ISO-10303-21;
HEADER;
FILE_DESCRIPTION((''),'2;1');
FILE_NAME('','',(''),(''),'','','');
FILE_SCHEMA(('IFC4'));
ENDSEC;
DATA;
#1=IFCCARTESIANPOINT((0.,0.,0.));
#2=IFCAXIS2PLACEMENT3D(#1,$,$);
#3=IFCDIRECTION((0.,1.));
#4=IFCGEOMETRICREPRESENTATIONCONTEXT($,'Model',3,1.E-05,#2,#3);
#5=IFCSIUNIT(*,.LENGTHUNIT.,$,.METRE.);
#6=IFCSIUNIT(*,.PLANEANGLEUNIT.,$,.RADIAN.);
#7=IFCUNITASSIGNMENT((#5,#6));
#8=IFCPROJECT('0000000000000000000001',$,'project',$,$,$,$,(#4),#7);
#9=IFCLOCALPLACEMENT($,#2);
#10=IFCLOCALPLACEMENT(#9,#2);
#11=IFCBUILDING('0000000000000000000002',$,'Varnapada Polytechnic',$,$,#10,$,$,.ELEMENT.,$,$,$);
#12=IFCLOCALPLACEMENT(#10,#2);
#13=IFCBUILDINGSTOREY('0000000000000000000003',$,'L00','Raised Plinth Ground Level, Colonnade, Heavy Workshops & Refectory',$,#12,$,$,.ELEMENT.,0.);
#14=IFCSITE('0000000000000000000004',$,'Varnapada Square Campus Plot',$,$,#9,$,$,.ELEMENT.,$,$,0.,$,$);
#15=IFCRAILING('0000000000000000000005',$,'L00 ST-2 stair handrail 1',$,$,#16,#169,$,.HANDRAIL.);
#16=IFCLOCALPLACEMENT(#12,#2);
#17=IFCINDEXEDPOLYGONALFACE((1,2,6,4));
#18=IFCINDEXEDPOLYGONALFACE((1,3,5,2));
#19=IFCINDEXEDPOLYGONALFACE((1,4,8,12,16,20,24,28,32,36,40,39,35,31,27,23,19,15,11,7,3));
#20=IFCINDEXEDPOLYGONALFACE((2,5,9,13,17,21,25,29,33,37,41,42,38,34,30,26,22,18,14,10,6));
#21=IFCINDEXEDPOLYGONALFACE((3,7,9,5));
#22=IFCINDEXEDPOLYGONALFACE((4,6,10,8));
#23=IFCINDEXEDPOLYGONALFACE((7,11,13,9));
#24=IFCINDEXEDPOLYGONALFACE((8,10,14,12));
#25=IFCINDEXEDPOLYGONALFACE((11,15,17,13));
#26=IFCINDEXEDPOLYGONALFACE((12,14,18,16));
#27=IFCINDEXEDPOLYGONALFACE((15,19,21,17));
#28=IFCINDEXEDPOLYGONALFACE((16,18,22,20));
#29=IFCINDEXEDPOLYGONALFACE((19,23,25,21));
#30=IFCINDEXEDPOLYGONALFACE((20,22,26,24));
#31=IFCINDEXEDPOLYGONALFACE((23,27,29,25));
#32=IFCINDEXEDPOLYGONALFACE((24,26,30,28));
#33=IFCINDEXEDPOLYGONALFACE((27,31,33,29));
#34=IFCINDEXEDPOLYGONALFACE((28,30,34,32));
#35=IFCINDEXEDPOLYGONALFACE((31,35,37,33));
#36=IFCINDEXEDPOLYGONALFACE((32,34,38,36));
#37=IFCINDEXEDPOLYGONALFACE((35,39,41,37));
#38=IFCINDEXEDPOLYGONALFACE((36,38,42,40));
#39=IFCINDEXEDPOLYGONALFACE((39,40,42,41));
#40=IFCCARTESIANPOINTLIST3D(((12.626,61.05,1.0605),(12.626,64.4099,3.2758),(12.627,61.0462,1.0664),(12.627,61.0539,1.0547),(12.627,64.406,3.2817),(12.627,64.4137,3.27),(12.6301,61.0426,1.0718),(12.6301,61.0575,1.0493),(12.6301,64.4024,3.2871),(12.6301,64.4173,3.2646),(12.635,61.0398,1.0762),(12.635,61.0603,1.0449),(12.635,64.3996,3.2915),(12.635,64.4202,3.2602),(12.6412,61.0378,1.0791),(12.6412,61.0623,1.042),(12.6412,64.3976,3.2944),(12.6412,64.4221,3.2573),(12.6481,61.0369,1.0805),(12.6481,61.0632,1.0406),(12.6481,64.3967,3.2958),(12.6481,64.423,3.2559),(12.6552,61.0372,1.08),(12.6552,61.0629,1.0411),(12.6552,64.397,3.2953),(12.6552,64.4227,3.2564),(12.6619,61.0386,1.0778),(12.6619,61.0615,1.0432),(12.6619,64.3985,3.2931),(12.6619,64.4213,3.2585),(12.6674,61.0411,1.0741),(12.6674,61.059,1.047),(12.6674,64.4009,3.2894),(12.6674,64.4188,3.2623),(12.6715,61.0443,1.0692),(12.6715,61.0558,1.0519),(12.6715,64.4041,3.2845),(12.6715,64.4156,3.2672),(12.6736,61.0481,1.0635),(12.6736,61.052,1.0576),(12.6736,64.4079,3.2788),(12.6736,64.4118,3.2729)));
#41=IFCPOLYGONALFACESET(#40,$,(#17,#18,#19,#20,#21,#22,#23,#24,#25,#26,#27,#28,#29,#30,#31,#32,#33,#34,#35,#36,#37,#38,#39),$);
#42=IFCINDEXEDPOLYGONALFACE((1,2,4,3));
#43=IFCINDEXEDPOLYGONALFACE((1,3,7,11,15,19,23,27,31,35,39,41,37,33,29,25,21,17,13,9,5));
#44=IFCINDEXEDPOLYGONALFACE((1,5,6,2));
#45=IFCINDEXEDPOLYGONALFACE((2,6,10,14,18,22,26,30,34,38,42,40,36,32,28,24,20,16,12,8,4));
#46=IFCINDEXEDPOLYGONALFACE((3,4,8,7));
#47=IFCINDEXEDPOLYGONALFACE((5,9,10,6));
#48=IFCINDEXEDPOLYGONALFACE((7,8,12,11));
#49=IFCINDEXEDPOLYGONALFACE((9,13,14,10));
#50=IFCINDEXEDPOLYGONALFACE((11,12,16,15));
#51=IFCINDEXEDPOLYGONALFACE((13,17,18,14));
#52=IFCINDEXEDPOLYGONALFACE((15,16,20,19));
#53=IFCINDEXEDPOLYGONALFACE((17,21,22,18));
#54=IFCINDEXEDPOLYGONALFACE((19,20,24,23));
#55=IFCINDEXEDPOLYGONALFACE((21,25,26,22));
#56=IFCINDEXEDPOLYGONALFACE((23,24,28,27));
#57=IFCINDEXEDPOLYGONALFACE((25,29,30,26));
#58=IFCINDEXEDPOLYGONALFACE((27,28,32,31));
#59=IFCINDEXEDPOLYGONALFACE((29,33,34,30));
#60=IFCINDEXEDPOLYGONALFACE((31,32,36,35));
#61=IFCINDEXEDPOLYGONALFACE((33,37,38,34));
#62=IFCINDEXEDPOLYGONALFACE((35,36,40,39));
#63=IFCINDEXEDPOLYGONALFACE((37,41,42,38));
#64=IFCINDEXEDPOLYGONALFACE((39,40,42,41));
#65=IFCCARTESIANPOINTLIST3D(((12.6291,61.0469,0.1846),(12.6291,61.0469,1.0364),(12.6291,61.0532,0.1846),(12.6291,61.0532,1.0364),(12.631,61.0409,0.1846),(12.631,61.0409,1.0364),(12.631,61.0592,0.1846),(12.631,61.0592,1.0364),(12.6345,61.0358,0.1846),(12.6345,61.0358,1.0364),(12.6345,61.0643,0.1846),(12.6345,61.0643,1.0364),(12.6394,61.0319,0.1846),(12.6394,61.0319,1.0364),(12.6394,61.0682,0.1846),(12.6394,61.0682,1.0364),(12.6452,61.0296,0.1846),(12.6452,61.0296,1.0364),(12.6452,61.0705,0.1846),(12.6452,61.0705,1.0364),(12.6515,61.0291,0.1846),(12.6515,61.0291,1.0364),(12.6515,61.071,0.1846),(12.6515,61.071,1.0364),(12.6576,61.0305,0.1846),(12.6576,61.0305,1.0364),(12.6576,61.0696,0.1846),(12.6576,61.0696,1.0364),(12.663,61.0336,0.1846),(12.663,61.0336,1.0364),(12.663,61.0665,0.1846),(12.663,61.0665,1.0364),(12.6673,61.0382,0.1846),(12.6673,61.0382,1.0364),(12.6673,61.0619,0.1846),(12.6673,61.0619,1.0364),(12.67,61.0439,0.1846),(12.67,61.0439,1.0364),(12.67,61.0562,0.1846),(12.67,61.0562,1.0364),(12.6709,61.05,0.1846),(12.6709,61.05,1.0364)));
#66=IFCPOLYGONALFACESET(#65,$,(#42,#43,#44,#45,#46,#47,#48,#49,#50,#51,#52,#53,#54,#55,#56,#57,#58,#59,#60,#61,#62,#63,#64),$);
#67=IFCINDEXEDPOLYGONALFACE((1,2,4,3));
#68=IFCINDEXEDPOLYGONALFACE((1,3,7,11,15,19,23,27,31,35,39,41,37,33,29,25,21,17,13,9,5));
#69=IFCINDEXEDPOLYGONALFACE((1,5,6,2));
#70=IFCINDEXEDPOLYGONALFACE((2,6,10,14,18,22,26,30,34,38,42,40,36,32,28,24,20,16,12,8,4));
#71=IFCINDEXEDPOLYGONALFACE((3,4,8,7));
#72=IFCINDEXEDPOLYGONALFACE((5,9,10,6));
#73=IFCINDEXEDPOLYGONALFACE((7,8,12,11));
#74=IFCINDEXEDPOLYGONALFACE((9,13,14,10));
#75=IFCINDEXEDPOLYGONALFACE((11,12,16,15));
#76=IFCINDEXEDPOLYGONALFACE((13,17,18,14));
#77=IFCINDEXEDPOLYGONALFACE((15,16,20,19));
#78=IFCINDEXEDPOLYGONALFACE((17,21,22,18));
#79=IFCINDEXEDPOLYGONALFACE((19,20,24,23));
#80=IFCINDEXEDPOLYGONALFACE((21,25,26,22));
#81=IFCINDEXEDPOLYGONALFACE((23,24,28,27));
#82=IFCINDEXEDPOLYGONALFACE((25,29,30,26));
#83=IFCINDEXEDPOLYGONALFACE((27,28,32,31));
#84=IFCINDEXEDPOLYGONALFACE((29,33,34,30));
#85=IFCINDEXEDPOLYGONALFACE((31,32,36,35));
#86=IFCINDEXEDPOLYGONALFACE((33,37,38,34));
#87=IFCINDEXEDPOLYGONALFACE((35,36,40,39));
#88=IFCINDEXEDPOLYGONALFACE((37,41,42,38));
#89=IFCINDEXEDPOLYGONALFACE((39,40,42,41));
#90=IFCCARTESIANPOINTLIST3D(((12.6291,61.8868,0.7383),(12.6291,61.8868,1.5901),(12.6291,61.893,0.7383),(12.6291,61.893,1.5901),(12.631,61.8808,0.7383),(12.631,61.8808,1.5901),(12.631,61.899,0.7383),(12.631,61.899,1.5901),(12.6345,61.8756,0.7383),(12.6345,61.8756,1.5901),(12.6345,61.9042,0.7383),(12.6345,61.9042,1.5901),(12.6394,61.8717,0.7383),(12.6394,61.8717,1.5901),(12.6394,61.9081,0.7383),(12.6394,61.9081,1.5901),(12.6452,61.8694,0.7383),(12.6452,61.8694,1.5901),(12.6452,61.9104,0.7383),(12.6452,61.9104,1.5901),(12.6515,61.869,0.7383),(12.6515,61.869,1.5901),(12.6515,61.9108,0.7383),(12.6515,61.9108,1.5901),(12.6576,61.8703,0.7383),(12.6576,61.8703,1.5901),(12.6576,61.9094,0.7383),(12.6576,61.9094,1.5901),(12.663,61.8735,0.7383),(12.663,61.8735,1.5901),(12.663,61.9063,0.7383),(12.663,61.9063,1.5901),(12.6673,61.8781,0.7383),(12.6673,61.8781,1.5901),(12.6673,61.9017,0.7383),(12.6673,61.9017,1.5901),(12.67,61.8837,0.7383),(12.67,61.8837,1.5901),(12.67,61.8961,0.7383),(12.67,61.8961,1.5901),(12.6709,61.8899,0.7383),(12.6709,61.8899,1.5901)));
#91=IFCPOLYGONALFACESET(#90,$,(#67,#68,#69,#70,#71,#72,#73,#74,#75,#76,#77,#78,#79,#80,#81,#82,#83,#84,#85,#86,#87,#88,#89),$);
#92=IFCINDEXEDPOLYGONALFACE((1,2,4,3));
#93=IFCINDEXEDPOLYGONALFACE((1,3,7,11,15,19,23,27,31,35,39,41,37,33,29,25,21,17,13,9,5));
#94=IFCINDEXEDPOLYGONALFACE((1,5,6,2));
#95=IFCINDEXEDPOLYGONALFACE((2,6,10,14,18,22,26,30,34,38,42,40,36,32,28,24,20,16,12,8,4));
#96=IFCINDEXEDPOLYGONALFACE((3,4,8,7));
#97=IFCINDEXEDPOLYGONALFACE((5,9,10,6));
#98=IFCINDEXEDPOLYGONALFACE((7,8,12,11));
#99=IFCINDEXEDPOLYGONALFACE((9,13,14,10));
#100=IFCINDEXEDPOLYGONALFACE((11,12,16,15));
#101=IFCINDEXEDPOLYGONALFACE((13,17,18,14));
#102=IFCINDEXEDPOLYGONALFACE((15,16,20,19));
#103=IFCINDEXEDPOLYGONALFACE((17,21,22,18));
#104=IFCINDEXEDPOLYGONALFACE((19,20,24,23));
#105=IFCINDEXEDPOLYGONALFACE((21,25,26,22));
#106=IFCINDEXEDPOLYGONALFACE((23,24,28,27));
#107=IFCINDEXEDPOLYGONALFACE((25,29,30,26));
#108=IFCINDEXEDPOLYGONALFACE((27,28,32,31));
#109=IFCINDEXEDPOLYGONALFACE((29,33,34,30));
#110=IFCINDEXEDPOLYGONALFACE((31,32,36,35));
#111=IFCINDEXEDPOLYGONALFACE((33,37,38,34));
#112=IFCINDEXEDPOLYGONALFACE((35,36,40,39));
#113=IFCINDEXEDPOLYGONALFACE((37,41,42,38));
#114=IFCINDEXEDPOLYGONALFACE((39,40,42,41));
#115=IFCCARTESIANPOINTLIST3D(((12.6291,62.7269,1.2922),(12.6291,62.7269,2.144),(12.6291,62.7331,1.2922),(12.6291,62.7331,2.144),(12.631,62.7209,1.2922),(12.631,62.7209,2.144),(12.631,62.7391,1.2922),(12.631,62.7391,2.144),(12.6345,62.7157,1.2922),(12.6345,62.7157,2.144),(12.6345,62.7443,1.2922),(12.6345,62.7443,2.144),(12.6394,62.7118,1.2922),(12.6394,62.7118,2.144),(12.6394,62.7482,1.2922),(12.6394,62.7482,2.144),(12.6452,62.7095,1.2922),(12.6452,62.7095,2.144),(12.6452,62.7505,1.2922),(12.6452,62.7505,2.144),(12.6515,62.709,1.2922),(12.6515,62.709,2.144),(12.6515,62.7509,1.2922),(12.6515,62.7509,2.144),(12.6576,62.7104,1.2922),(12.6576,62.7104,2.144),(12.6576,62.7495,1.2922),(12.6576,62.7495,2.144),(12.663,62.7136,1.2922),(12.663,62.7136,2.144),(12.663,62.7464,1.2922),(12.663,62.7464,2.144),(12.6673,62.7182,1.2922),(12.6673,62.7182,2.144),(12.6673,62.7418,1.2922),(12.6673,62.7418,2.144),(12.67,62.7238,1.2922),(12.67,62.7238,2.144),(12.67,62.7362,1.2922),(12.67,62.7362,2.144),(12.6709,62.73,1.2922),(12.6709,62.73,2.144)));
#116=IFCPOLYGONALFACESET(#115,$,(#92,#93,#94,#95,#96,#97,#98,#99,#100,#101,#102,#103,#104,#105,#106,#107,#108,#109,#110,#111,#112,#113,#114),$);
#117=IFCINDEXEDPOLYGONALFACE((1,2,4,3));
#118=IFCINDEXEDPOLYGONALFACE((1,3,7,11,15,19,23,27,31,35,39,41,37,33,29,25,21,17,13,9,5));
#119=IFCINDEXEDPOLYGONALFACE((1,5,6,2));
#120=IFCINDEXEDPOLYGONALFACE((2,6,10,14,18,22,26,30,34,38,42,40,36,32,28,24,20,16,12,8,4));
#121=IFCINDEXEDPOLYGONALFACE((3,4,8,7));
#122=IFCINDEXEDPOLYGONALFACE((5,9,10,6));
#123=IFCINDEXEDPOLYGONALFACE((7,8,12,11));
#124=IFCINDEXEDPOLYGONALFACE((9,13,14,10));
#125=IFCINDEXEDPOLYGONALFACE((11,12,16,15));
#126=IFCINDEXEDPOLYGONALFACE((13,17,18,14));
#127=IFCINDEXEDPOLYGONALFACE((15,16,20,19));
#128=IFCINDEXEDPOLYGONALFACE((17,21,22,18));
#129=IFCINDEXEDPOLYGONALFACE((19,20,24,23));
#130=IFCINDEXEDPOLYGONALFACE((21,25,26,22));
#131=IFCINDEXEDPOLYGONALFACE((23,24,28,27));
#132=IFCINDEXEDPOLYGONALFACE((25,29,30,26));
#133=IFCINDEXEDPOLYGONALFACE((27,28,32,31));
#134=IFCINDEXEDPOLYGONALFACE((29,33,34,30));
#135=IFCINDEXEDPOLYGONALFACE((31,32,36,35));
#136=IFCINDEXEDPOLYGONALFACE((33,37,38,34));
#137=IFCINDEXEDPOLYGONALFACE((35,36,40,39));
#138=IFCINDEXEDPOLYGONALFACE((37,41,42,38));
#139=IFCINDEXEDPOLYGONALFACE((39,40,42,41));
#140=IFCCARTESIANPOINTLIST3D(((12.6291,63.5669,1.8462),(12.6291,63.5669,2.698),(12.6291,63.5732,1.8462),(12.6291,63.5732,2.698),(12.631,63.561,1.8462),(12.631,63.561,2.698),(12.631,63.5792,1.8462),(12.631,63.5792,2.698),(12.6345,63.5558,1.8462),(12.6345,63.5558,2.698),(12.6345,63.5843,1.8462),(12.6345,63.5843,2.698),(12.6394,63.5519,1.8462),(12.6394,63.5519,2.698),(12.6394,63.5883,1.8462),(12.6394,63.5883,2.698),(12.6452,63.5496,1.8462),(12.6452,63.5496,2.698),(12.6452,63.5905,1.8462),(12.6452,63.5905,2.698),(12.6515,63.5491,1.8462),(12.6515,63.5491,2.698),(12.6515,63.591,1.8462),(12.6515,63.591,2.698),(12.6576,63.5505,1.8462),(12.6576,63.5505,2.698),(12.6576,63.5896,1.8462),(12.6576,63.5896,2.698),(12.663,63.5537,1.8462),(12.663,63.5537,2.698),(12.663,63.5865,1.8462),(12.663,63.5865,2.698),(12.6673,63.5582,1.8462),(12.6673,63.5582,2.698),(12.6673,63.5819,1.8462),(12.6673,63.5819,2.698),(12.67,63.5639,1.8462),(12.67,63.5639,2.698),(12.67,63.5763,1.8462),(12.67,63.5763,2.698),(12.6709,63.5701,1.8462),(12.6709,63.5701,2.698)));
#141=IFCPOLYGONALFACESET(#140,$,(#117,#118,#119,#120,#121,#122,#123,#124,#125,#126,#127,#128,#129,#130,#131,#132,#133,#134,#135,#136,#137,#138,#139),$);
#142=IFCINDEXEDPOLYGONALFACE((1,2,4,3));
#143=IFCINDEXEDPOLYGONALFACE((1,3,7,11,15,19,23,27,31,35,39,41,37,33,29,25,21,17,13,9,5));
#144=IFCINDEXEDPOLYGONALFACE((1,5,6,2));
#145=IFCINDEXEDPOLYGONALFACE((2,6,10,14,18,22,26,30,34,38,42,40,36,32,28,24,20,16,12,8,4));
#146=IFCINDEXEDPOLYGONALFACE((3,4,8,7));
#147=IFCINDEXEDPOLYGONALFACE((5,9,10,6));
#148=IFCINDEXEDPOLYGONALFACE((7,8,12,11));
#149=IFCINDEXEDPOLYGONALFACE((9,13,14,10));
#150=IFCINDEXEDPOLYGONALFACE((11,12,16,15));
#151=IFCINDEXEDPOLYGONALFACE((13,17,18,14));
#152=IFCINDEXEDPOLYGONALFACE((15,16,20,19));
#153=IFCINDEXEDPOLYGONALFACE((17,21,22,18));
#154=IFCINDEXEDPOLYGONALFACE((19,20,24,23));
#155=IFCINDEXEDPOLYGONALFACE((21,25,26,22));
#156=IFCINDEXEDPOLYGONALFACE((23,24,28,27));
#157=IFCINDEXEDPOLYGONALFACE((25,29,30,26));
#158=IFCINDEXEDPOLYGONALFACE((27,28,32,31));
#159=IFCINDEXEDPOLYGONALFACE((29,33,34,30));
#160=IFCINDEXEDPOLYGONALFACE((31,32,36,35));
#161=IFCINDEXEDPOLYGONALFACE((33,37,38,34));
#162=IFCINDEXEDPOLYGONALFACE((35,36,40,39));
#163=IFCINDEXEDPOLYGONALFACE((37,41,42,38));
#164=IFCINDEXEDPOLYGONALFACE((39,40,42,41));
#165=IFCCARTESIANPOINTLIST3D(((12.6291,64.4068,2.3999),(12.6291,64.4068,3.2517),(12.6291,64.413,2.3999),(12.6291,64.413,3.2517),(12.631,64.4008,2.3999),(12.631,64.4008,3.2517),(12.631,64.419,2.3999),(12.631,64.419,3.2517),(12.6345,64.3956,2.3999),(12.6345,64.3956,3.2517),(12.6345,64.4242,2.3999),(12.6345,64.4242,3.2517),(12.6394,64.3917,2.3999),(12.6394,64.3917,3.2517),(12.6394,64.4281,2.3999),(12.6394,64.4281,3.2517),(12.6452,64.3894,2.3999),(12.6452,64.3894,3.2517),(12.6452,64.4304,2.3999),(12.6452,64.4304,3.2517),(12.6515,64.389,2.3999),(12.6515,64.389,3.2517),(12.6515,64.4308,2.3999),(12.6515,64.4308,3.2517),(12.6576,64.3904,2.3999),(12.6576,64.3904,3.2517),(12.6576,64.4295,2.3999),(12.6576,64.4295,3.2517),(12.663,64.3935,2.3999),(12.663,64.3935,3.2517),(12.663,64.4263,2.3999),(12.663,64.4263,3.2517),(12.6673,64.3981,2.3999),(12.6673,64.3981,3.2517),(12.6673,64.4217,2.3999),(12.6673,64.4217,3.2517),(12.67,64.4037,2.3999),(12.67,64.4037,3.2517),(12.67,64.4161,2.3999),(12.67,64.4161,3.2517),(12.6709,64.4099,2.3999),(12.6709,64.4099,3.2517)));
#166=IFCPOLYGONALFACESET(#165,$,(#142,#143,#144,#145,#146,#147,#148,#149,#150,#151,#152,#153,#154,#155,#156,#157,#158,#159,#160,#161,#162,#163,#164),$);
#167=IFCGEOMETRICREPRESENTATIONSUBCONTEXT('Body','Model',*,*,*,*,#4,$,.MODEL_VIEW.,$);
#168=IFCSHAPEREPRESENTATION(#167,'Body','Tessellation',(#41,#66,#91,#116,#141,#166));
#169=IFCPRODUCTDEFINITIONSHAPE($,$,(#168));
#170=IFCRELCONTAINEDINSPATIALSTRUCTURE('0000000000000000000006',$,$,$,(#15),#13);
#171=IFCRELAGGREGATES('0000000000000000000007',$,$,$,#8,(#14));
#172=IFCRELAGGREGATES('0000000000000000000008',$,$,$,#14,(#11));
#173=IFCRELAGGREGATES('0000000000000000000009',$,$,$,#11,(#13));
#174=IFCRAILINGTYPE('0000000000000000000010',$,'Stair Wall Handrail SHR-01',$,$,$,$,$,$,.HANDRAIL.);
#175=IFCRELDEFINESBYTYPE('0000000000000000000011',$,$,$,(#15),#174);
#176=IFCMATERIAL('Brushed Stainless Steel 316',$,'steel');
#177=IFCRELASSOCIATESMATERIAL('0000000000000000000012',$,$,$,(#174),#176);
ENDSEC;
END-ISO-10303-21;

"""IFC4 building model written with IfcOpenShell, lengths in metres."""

from ifc_helpers import new_model, si_unit, direction, frame, origin, origin_2d, place, context, subcontext, project, spatial, circle, extrude, material, type_object, element, save


model = new_model("IFC4")

# Units and contexts
model_context = context("Model", 3, precision=1e-05, world=origin(), true_north=direction((0.0, 1.0)))
body_context = subcontext(model_context, "Body", "Model", "MODEL_VIEW")
ifc_project = project(units=[si_unit("LENGTHUNIT", "METRE"), si_unit("PLANEANGLEUNIT", "RADIAN")], contexts=[model_context])

# Site, building, storey
site_placement = place(None, origin())
site = spatial("IfcSite", under=ifc_project, at=site_placement, Name="Varnapada Square Campus Plot", CompositionType="ELEMENT", RefElevation=0.0)
building_placement = place(site_placement, origin())
building = spatial("IfcBuilding", under=site, at=building_placement, Name="Varnapada Polytechnic", CompositionType="ELEMENT")
storey_placement = place(building_placement, origin())
storey = spatial("IfcBuildingStorey", under=building, at=storey_placement, Name="L00", Description="Raised Plinth Ground Level, Colonnade, Heavy Workshops & Refectory", CompositionType="ELEMENT", Elevation=0.0)

# Shared definitions
ifc_material_1 = material(Name="Brushed Stainless Steel 316", Category="steel")

# Railing
railing_type_1 = type_object("IfcRailingType", Name="Stair Wall Handrail SHR-01", PredefinedType="HANDRAIL", material=ifc_material_1)
railing_1_placement = place(storey_placement, frame((12.6499, 61.05, 0.1846)))
element("IfcRailing", 1, at=railing_1_placement, inside=storey, type_object=railing_type_1, Name="L00 ST-2 stair handrail 1", PredefinedType="HANDRAIL", context=body_context, shape_type="SweptSolid", body=[
    extrude(circle(Radius=0.0239, at=origin_2d()), frame((0.0, 0.0, 0.876), z_axis=(0.0, 0.834858, 0.550465), x_axis=(-1.0, 0.0, 0.0)), (0.0, 0.0, 1.0), 4.0244),
    extrude(circle(Radius=0.021, at=origin_2d()), origin(), (0.0, 0.0, 1.0), 0.8518),
    extrude(circle(Radius=0.021, at=origin_2d()), frame((0.0, 0.8398, 0.5537)), (0.0, 0.0, 1.0), 0.8518),
    extrude(circle(Radius=0.021, at=origin_2d()), frame((0.0, 1.6799, 1.1077)), (0.0, 0.0, 1.0), 0.8518),
    extrude(circle(Radius=0.021, at=origin_2d()), frame((0.0, 2.52, 1.6616)), (0.0, 0.0, 1.0), 0.8518),
    extrude(circle(Radius=0.021, at=origin_2d()), frame((0.0, 3.3599, 2.2153)), (0.0, 0.0, 1.0), 0.8518),
])

save(model, "model.ifc")
